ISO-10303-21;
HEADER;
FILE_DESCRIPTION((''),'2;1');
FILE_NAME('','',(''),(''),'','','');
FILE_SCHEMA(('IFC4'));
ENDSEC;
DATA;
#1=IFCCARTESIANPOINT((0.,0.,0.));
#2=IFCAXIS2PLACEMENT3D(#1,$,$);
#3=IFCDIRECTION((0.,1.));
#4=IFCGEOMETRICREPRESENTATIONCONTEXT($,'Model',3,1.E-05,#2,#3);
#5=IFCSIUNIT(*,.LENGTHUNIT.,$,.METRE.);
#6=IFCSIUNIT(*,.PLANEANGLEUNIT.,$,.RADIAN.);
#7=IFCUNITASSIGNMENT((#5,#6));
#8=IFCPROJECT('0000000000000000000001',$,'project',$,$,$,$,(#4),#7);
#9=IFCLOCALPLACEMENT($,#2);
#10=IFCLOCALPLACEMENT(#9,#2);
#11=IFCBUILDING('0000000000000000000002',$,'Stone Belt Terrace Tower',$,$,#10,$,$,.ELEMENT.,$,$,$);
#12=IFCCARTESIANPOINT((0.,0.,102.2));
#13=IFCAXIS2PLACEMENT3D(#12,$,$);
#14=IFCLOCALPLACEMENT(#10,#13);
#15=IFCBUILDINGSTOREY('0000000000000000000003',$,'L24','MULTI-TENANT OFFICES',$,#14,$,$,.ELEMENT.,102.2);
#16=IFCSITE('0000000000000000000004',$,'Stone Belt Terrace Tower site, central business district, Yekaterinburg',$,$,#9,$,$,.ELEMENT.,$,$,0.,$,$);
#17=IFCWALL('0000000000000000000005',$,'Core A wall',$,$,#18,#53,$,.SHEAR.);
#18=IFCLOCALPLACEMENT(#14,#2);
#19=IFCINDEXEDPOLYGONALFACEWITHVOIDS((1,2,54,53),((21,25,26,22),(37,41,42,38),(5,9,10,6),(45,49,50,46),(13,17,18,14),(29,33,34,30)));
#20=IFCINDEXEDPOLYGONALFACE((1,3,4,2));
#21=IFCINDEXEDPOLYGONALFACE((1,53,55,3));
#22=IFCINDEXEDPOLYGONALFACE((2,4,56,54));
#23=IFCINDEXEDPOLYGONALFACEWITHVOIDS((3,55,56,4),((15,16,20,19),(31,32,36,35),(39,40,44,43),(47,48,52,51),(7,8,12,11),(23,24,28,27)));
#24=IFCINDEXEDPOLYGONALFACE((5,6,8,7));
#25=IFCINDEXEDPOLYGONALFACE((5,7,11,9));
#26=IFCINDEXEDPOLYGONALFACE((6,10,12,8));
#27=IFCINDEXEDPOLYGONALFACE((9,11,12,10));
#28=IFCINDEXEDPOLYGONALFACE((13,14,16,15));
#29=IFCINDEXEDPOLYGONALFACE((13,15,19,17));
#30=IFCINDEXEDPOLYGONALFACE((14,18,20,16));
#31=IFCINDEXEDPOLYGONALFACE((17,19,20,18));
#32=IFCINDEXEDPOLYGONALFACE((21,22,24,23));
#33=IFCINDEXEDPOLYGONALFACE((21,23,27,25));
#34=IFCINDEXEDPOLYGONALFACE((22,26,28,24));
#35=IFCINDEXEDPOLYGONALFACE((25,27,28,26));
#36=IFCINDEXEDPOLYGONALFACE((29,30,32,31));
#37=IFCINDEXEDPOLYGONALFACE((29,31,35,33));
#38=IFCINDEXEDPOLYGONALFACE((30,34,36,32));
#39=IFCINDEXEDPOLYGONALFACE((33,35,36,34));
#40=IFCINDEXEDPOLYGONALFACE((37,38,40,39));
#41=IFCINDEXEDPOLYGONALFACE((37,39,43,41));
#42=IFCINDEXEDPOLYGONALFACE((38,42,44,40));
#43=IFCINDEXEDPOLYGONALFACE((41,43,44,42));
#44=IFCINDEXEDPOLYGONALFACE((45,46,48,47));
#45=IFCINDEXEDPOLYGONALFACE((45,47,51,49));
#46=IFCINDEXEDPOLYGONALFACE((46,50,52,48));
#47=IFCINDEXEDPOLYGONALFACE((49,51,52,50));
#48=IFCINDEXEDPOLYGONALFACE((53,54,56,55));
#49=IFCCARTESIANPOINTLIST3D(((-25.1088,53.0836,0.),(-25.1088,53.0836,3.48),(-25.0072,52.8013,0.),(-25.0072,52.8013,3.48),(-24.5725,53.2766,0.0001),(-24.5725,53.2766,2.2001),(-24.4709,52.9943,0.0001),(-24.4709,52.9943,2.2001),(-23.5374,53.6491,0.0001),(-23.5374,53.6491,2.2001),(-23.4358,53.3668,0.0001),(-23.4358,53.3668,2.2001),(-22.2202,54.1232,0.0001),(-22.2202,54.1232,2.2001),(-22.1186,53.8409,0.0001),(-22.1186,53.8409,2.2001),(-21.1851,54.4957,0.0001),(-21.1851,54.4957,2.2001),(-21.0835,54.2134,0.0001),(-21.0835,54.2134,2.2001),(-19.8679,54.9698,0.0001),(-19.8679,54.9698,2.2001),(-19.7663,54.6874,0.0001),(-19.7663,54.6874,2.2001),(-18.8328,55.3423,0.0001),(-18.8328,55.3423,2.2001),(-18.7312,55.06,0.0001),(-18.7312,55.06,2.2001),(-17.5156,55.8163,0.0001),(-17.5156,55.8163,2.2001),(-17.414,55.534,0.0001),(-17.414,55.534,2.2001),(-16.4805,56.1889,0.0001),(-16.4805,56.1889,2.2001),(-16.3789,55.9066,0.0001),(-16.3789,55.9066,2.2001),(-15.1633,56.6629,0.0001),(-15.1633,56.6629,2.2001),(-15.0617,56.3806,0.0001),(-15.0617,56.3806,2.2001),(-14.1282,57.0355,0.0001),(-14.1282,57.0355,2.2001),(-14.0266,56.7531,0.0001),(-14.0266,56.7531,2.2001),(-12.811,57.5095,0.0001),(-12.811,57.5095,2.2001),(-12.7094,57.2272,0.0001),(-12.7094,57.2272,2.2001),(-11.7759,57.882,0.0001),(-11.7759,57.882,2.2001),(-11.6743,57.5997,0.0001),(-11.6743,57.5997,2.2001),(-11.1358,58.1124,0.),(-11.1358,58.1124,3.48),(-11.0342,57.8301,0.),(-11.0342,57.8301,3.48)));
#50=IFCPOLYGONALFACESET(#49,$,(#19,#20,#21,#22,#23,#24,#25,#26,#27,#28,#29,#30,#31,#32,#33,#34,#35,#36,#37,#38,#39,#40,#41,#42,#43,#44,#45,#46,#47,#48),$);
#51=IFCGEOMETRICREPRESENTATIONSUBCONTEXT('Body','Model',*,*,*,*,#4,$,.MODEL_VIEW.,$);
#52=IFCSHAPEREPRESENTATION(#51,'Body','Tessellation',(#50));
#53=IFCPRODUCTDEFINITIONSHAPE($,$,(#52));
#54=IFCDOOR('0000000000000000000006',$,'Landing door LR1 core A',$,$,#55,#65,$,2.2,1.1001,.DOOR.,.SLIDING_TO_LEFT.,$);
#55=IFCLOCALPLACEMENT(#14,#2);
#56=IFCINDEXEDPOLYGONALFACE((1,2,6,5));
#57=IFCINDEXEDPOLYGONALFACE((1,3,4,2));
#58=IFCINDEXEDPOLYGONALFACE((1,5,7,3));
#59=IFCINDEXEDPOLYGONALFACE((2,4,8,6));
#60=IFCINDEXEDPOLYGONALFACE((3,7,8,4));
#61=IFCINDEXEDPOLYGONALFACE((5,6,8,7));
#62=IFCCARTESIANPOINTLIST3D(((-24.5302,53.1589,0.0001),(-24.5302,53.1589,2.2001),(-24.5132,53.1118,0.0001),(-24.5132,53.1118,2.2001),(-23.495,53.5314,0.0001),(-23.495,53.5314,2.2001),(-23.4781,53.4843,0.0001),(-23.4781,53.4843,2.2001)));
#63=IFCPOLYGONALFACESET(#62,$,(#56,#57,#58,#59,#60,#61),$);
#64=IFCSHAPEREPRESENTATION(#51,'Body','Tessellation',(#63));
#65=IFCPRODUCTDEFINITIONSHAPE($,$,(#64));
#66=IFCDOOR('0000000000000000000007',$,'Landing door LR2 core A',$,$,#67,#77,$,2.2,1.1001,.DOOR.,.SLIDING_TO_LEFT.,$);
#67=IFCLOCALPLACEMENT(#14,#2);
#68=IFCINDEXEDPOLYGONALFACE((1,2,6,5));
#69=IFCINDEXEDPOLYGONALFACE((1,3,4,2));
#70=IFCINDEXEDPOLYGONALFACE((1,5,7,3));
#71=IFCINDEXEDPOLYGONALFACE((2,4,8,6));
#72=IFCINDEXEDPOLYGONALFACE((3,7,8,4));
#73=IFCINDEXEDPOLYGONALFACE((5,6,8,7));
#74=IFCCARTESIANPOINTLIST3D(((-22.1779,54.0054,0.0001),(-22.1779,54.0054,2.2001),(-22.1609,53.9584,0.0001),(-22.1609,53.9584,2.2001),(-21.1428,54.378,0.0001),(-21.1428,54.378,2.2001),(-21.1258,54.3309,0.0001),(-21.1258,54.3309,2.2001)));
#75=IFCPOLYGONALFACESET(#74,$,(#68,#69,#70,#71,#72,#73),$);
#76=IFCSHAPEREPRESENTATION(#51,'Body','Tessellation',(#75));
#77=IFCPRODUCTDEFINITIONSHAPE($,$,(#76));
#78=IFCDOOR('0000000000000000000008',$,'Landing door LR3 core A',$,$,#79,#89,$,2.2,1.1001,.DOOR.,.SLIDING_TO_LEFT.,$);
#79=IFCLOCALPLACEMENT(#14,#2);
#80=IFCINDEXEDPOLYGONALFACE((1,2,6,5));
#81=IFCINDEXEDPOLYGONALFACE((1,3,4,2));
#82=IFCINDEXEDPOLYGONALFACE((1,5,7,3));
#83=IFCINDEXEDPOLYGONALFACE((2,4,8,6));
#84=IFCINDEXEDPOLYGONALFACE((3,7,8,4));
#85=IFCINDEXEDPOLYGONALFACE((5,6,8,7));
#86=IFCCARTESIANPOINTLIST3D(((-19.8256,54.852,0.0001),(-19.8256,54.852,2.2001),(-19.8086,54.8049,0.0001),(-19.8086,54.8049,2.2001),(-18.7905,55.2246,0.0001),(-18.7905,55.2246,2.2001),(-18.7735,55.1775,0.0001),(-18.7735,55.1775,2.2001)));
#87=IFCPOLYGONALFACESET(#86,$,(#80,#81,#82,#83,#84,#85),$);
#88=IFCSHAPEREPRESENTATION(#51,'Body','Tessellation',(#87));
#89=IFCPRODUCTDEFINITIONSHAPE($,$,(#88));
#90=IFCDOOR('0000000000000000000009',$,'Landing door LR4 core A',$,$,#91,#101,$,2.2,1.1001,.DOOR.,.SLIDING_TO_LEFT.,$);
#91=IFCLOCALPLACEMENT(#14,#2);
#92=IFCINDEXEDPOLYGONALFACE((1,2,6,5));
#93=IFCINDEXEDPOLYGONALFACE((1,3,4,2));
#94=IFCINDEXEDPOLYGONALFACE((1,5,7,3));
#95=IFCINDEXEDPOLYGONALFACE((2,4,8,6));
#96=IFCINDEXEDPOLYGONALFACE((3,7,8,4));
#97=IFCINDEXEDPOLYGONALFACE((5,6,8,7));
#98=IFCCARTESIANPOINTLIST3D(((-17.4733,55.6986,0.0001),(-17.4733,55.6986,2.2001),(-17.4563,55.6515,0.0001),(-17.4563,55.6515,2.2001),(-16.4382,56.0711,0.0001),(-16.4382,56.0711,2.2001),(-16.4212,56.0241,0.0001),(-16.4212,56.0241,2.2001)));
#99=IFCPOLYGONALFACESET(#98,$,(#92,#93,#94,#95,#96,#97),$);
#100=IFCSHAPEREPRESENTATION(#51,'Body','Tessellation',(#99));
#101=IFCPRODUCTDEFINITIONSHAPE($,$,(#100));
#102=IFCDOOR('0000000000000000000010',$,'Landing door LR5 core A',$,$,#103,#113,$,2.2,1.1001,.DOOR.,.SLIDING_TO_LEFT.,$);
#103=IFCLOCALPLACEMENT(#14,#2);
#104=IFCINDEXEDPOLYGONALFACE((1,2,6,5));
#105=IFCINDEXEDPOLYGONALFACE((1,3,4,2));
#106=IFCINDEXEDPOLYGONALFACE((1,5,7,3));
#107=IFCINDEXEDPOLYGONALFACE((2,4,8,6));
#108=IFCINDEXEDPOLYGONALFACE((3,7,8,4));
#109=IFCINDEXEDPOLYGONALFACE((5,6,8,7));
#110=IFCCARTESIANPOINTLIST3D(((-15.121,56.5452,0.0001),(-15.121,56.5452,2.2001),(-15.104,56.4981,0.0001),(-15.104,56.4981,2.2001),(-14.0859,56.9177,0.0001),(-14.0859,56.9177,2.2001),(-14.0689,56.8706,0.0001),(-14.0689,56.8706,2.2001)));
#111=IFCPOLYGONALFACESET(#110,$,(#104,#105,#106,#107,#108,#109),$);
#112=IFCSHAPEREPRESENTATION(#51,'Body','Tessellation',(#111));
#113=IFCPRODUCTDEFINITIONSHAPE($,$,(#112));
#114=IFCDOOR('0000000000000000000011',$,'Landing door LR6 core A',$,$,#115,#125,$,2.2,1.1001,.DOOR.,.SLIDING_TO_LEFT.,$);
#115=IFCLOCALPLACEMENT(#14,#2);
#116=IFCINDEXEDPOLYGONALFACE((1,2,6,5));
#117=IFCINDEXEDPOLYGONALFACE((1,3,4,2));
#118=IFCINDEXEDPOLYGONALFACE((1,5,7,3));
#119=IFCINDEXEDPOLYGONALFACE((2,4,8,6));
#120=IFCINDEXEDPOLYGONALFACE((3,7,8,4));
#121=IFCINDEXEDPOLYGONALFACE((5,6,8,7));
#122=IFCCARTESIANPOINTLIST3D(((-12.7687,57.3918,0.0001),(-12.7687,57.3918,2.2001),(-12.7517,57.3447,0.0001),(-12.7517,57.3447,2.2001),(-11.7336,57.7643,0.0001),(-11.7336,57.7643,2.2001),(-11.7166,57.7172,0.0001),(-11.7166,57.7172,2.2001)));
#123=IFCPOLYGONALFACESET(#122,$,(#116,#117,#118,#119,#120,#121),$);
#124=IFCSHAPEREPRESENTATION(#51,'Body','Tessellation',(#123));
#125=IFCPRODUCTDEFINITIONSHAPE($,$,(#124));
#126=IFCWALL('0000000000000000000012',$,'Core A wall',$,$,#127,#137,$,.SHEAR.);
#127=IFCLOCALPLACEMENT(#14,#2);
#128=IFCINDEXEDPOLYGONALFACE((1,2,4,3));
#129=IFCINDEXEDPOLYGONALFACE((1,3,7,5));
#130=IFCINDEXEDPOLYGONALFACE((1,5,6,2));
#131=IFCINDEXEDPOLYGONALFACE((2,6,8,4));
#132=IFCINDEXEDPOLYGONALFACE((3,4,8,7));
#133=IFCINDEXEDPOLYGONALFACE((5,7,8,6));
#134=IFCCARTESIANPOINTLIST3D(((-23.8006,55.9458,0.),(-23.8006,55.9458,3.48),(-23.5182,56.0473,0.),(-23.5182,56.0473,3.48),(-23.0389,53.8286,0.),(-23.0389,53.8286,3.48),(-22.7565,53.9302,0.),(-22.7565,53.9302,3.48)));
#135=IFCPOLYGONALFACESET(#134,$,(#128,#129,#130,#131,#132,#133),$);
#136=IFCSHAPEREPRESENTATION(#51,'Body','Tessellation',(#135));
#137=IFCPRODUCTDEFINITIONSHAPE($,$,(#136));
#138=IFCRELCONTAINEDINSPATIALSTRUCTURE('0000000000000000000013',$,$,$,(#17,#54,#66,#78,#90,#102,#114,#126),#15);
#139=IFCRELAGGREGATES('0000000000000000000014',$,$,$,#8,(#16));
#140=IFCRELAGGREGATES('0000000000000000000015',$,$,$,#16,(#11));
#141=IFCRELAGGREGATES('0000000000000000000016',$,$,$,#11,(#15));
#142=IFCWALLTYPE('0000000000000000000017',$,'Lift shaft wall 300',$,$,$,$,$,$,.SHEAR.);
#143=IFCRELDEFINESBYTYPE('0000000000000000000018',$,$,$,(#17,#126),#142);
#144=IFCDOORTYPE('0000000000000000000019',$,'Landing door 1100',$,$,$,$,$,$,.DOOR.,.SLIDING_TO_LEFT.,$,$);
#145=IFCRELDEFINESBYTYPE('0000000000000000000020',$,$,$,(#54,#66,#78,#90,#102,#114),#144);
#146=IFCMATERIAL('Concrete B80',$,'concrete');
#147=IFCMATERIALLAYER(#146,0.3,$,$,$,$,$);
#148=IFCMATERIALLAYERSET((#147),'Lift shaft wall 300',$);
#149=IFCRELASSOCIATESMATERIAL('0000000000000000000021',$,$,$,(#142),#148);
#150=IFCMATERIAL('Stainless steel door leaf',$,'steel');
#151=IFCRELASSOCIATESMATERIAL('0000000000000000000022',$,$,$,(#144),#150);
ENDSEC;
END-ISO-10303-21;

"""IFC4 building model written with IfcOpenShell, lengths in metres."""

from ifc_helpers import new_model, si_unit, direction, frame, frame_2d, origin, place, context, subcontext, project, spatial, rectangle, extrude, material, layer, layer_set, type_object, element, fill, save


model = new_model("IFC4")

# Units and contexts
model_context = context("Model", 3, precision=1e-05, world=origin(), true_north=direction((0.0, 1.0)))
body_context = subcontext(model_context, "Body", "Model", "MODEL_VIEW")
ifc_project = project(units=[si_unit("LENGTHUNIT", "METRE"), si_unit("PLANEANGLEUNIT", "RADIAN")], contexts=[model_context])

# Site, building, storey
site_placement = place(None, origin())
site = spatial("IfcSite", under=ifc_project, at=site_placement, Name="Stone Belt Terrace Tower site, central business district, Yekaterinburg", CompositionType="ELEMENT", RefElevation=0.0)
building_placement = place(site_placement, origin())
building = spatial("IfcBuilding", under=site, at=building_placement, Name="Stone Belt Terrace Tower", CompositionType="ELEMENT")
storey_placement = place(building_placement, frame((0.0, 0.0, 102.2)))
storey = spatial("IfcBuildingStorey", under=building, at=storey_placement, Name="L24", Description="MULTI-TENANT OFFICES", CompositionType="ELEMENT", Elevation=102.2)

# Shared definitions
ifc_material_1 = material(Name="Concrete B80", Category="concrete")

# Shared definitions
ifc_layer_1 = layer(ifc_material_1, 0.3)
ifc_layer_set_1 = layer_set([ifc_layer_1], Name="Lift shaft wall 300")
wall_type_1 = type_object("IfcWallType", Name="Lift shaft wall 300", PredefinedType="SHEAR", material=ifc_layer_set_1)

# Wall, openings, doors
wall_1_placement = place(storey_placement, frame((-25.0581, 52.9424, 0.0), z_axis=(0.0, 0.0, 1.0), x_axis=(0.940918, 0.338634, 0.0)))
wall_1 = element("IfcWall", 1, at=wall_1_placement, inside=storey, type_object=wall_type_1, Name="Core A wall", PredefinedType="SHEAR", context=body_context, shape_type="SweptSolid", body=[
    extrude(rectangle(XDim=14.8503, YDim=0.3, at=frame_2d((7.4253, 0.0))), origin(), (0.0, 0.0, 1.0), 3.48),
])
opening_1_placement = place(wall_1_placement, frame((0.5701, 0.0, 0.0)))
opening_1 = element("IfcOpeningElement", 2, at=opening_1_placement, cuts=wall_1, PredefinedType="OPENING", context=body_context, shape_type="SweptSolid", body=[
    extrude(rectangle(XDim=1.1001, YDim=2.2, at=frame_2d((0.55, 1.1001))), frame((0.0, 0.1599, 0.0), z_axis=(0.0, -1.0, 0.0), x_axis=(1.0, 0.0, 0.0)), (0.0, 0.0, 1.0), 0.3201),
])
opening_2_placement = place(wall_1_placement, frame((3.0701, 0.0, 0.0)))
opening_2 = element("IfcOpeningElement", 3, at=opening_2_placement, cuts=wall_1, PredefinedType="OPENING", context=body_context, shape_type="SweptSolid", body=[
    extrude(rectangle(XDim=1.1001, YDim=2.2, at=frame_2d((0.55, 1.1001))), frame((0.0, 0.1599, 0.0), z_axis=(0.0, -1.0, 0.0), x_axis=(1.0, 0.0, 0.0)), (0.0, 0.0, 1.0), 0.3201),
])
opening_3_placement = place(wall_1_placement, frame((5.5701, 0.0, 0.0)))
opening_3 = element("IfcOpeningElement", 4, at=opening_3_placement, cuts=wall_1, PredefinedType="OPENING", context=body_context, shape_type="SweptSolid", body=[
    extrude(rectangle(XDim=1.1001, YDim=2.2, at=frame_2d((0.55, 1.1001))), frame((0.0, 0.1599, 0.0), z_axis=(0.0, -1.0, 0.0), x_axis=(1.0, 0.0, 0.0)), (0.0, 0.0, 1.0), 0.3201),
])
opening_4_placement = place(wall_1_placement, frame((8.0701, 0.0, 0.0)))
opening_4 = element("IfcOpeningElement", 5, at=opening_4_placement, cuts=wall_1, PredefinedType="OPENING", context=body_context, shape_type="SweptSolid", body=[
    extrude(rectangle(XDim=1.1001, YDim=2.2, at=frame_2d((0.55, 1.1001))), frame((0.0, 0.1599, 0.0), z_axis=(0.0, -1.0, 0.0), x_axis=(1.0, 0.0, 0.0)), (0.0, 0.0, 1.0), 0.3201),
])
opening_5_placement = place(wall_1_placement, frame((10.5701, 0.0, 0.0)))
opening_5 = element("IfcOpeningElement", 6, at=opening_5_placement, cuts=wall_1, PredefinedType="OPENING", context=body_context, shape_type="SweptSolid", body=[
    extrude(rectangle(XDim=1.1001, YDim=2.2, at=frame_2d((0.55, 1.1001))), frame((0.0, 0.1599, 0.0), z_axis=(0.0, -1.0, 0.0), x_axis=(1.0, 0.0, 0.0)), (0.0, 0.0, 1.0), 0.3201),
])
opening_6_placement = place(wall_1_placement, frame((13.0701, 0.0, 0.0)))
opening_6 = element("IfcOpeningElement", 7, at=opening_6_placement, cuts=wall_1, PredefinedType="OPENING", context=body_context, shape_type="SweptSolid", body=[
    extrude(rectangle(XDim=1.1001, YDim=2.2, at=frame_2d((0.55, 1.1001))), frame((0.0, 0.1599, 0.0), z_axis=(0.0, -1.0, 0.0), x_axis=(1.0, 0.0, 0.0)), (0.0, 0.0, 1.0), 0.3201),
])
ifc_material_2 = material(Name="Stainless steel door leaf", Category="steel")
door_type_1 = type_object("IfcDoorType", Name="Landing door 1100", OperationType="SLIDING_TO_LEFT", PredefinedType="DOOR", material=ifc_material_2)
door_1_placement = place(opening_1_placement, origin())
door_1 = element("IfcDoor", 8, at=door_1_placement, inside=storey, type_object=door_type_1, Name="Landing door LR1 core A", OperationType="SLIDING_TO_LEFT", OverallHeight=2.2, OverallWidth=1.1001, PredefinedType="DOOR", context=body_context, shape_type="SweptSolid", body=[
    extrude(rectangle(XDim=1.1001, YDim=2.2, at=frame_2d((0.55, 1.1001))), frame((0.0, 0.0249, 0.0), z_axis=(0.0, -1.0, 0.0), x_axis=(1.0, 0.0, 0.0)), (0.0, 0.0, 1.0), 0.05),
])
fill(opening_1, door_1)
door_2_placement = place(opening_2_placement, origin())
door_2 = element("IfcDoor", 9, at=door_2_placement, inside=storey, type_object=door_type_1, Name="Landing door LR2 core A", OperationType="SLIDING_TO_LEFT", OverallHeight=2.2, OverallWidth=1.1001, PredefinedType="DOOR", context=body_context, shape_type="SweptSolid", body=[
    extrude(rectangle(XDim=1.1001, YDim=2.2, at=frame_2d((0.55, 1.1001))), frame((0.0, 0.0249, 0.0), z_axis=(0.0, -1.0, 0.0), x_axis=(1.0, 0.0, 0.0)), (0.0, 0.0, 1.0), 0.05),
])
fill(opening_2, door_2)
door_3_placement = place(opening_3_placement, origin())
door_3 = element("IfcDoor", 10, at=door_3_placement, inside=storey, type_object=door_type_1, Name="Landing door LR3 core A", OperationType="SLIDING_TO_LEFT", OverallHeight=2.2, OverallWidth=1.1001, PredefinedType="DOOR", context=body_context, shape_type="SweptSolid", body=[
    extrude(rectangle(XDim=1.1001, YDim=2.2, at=frame_2d((0.55, 1.1001))), frame((0.0, 0.0249, 0.0), z_axis=(0.0, -1.0, 0.0), x_axis=(1.0, 0.0, 0.0)), (0.0, 0.0, 1.0), 0.05),
])
fill(opening_3, door_3)
door_4_placement = place(opening_4_placement, origin())
door_4 = element("IfcDoor", 11, at=door_4_placement, inside=storey, type_object=door_type_1, Name="Landing door LR4 core A", OperationType="SLIDING_TO_LEFT", OverallHeight=2.2, OverallWidth=1.1001, PredefinedType="DOOR", context=body_context, shape_type="SweptSolid", body=[
    extrude(rectangle(XDim=1.1001, YDim=2.2, at=frame_2d((0.55, 1.1001))), frame((0.0, 0.0249, 0.0), z_axis=(0.0, -1.0, 0.0), x_axis=(1.0, 0.0, 0.0)), (0.0, 0.0, 1.0), 0.05),
])
fill(opening_4, door_4)
door_5_placement = place(opening_5_placement, origin())
door_5 = element("IfcDoor", 12, at=door_5_placement, inside=storey, type_object=door_type_1, Name="Landing door LR5 core A", OperationType="SLIDING_TO_LEFT", OverallHeight=2.2, OverallWidth=1.1001, PredefinedType="DOOR", context=body_context, shape_type="SweptSolid", body=[
    extrude(rectangle(XDim=1.1001, YDim=2.2, at=frame_2d((0.55, 1.1001))), frame((0.0, 0.0249, 0.0), z_axis=(0.0, -1.0, 0.0), x_axis=(1.0, 0.0, 0.0)), (0.0, 0.0, 1.0), 0.05),
])
fill(opening_5, door_5)
door_6_placement = place(opening_6_placement, origin())
door_6 = element("IfcDoor", 13, at=door_6_placement, inside=storey, type_object=door_type_1, Name="Landing door LR6 core A", OperationType="SLIDING_TO_LEFT", OverallHeight=2.2, OverallWidth=1.1001, PredefinedType="DOOR", context=body_context, shape_type="SweptSolid", body=[
    extrude(rectangle(XDim=1.1001, YDim=2.2, at=frame_2d((0.55, 1.1001))), frame((0.0, 0.0249, 0.0), z_axis=(0.0, -1.0, 0.0), x_axis=(1.0, 0.0, 0.0)), (0.0, 0.0, 1.0), 0.05),
])
fill(opening_6, door_6)

# Wall
wall_2_placement = place(storey_placement, frame((-22.8977, 53.8794, 0.0), z_axis=(0.0, 0.0, 1.0), x_axis=(-0.338535, 0.940954, 0.0)))
element("IfcWall", 14, at=wall_2_placement, inside=storey, type_object=wall_type_1, Name="Core A wall", PredefinedType="SHEAR", context=body_context, shape_type="SweptSolid", body=[
    extrude(rectangle(XDim=2.25, YDim=0.3, at=frame_2d((1.125, 0.0))), origin(), (0.0, 0.0, 1.0), 3.48),
])

save(model, "model.ifc")
